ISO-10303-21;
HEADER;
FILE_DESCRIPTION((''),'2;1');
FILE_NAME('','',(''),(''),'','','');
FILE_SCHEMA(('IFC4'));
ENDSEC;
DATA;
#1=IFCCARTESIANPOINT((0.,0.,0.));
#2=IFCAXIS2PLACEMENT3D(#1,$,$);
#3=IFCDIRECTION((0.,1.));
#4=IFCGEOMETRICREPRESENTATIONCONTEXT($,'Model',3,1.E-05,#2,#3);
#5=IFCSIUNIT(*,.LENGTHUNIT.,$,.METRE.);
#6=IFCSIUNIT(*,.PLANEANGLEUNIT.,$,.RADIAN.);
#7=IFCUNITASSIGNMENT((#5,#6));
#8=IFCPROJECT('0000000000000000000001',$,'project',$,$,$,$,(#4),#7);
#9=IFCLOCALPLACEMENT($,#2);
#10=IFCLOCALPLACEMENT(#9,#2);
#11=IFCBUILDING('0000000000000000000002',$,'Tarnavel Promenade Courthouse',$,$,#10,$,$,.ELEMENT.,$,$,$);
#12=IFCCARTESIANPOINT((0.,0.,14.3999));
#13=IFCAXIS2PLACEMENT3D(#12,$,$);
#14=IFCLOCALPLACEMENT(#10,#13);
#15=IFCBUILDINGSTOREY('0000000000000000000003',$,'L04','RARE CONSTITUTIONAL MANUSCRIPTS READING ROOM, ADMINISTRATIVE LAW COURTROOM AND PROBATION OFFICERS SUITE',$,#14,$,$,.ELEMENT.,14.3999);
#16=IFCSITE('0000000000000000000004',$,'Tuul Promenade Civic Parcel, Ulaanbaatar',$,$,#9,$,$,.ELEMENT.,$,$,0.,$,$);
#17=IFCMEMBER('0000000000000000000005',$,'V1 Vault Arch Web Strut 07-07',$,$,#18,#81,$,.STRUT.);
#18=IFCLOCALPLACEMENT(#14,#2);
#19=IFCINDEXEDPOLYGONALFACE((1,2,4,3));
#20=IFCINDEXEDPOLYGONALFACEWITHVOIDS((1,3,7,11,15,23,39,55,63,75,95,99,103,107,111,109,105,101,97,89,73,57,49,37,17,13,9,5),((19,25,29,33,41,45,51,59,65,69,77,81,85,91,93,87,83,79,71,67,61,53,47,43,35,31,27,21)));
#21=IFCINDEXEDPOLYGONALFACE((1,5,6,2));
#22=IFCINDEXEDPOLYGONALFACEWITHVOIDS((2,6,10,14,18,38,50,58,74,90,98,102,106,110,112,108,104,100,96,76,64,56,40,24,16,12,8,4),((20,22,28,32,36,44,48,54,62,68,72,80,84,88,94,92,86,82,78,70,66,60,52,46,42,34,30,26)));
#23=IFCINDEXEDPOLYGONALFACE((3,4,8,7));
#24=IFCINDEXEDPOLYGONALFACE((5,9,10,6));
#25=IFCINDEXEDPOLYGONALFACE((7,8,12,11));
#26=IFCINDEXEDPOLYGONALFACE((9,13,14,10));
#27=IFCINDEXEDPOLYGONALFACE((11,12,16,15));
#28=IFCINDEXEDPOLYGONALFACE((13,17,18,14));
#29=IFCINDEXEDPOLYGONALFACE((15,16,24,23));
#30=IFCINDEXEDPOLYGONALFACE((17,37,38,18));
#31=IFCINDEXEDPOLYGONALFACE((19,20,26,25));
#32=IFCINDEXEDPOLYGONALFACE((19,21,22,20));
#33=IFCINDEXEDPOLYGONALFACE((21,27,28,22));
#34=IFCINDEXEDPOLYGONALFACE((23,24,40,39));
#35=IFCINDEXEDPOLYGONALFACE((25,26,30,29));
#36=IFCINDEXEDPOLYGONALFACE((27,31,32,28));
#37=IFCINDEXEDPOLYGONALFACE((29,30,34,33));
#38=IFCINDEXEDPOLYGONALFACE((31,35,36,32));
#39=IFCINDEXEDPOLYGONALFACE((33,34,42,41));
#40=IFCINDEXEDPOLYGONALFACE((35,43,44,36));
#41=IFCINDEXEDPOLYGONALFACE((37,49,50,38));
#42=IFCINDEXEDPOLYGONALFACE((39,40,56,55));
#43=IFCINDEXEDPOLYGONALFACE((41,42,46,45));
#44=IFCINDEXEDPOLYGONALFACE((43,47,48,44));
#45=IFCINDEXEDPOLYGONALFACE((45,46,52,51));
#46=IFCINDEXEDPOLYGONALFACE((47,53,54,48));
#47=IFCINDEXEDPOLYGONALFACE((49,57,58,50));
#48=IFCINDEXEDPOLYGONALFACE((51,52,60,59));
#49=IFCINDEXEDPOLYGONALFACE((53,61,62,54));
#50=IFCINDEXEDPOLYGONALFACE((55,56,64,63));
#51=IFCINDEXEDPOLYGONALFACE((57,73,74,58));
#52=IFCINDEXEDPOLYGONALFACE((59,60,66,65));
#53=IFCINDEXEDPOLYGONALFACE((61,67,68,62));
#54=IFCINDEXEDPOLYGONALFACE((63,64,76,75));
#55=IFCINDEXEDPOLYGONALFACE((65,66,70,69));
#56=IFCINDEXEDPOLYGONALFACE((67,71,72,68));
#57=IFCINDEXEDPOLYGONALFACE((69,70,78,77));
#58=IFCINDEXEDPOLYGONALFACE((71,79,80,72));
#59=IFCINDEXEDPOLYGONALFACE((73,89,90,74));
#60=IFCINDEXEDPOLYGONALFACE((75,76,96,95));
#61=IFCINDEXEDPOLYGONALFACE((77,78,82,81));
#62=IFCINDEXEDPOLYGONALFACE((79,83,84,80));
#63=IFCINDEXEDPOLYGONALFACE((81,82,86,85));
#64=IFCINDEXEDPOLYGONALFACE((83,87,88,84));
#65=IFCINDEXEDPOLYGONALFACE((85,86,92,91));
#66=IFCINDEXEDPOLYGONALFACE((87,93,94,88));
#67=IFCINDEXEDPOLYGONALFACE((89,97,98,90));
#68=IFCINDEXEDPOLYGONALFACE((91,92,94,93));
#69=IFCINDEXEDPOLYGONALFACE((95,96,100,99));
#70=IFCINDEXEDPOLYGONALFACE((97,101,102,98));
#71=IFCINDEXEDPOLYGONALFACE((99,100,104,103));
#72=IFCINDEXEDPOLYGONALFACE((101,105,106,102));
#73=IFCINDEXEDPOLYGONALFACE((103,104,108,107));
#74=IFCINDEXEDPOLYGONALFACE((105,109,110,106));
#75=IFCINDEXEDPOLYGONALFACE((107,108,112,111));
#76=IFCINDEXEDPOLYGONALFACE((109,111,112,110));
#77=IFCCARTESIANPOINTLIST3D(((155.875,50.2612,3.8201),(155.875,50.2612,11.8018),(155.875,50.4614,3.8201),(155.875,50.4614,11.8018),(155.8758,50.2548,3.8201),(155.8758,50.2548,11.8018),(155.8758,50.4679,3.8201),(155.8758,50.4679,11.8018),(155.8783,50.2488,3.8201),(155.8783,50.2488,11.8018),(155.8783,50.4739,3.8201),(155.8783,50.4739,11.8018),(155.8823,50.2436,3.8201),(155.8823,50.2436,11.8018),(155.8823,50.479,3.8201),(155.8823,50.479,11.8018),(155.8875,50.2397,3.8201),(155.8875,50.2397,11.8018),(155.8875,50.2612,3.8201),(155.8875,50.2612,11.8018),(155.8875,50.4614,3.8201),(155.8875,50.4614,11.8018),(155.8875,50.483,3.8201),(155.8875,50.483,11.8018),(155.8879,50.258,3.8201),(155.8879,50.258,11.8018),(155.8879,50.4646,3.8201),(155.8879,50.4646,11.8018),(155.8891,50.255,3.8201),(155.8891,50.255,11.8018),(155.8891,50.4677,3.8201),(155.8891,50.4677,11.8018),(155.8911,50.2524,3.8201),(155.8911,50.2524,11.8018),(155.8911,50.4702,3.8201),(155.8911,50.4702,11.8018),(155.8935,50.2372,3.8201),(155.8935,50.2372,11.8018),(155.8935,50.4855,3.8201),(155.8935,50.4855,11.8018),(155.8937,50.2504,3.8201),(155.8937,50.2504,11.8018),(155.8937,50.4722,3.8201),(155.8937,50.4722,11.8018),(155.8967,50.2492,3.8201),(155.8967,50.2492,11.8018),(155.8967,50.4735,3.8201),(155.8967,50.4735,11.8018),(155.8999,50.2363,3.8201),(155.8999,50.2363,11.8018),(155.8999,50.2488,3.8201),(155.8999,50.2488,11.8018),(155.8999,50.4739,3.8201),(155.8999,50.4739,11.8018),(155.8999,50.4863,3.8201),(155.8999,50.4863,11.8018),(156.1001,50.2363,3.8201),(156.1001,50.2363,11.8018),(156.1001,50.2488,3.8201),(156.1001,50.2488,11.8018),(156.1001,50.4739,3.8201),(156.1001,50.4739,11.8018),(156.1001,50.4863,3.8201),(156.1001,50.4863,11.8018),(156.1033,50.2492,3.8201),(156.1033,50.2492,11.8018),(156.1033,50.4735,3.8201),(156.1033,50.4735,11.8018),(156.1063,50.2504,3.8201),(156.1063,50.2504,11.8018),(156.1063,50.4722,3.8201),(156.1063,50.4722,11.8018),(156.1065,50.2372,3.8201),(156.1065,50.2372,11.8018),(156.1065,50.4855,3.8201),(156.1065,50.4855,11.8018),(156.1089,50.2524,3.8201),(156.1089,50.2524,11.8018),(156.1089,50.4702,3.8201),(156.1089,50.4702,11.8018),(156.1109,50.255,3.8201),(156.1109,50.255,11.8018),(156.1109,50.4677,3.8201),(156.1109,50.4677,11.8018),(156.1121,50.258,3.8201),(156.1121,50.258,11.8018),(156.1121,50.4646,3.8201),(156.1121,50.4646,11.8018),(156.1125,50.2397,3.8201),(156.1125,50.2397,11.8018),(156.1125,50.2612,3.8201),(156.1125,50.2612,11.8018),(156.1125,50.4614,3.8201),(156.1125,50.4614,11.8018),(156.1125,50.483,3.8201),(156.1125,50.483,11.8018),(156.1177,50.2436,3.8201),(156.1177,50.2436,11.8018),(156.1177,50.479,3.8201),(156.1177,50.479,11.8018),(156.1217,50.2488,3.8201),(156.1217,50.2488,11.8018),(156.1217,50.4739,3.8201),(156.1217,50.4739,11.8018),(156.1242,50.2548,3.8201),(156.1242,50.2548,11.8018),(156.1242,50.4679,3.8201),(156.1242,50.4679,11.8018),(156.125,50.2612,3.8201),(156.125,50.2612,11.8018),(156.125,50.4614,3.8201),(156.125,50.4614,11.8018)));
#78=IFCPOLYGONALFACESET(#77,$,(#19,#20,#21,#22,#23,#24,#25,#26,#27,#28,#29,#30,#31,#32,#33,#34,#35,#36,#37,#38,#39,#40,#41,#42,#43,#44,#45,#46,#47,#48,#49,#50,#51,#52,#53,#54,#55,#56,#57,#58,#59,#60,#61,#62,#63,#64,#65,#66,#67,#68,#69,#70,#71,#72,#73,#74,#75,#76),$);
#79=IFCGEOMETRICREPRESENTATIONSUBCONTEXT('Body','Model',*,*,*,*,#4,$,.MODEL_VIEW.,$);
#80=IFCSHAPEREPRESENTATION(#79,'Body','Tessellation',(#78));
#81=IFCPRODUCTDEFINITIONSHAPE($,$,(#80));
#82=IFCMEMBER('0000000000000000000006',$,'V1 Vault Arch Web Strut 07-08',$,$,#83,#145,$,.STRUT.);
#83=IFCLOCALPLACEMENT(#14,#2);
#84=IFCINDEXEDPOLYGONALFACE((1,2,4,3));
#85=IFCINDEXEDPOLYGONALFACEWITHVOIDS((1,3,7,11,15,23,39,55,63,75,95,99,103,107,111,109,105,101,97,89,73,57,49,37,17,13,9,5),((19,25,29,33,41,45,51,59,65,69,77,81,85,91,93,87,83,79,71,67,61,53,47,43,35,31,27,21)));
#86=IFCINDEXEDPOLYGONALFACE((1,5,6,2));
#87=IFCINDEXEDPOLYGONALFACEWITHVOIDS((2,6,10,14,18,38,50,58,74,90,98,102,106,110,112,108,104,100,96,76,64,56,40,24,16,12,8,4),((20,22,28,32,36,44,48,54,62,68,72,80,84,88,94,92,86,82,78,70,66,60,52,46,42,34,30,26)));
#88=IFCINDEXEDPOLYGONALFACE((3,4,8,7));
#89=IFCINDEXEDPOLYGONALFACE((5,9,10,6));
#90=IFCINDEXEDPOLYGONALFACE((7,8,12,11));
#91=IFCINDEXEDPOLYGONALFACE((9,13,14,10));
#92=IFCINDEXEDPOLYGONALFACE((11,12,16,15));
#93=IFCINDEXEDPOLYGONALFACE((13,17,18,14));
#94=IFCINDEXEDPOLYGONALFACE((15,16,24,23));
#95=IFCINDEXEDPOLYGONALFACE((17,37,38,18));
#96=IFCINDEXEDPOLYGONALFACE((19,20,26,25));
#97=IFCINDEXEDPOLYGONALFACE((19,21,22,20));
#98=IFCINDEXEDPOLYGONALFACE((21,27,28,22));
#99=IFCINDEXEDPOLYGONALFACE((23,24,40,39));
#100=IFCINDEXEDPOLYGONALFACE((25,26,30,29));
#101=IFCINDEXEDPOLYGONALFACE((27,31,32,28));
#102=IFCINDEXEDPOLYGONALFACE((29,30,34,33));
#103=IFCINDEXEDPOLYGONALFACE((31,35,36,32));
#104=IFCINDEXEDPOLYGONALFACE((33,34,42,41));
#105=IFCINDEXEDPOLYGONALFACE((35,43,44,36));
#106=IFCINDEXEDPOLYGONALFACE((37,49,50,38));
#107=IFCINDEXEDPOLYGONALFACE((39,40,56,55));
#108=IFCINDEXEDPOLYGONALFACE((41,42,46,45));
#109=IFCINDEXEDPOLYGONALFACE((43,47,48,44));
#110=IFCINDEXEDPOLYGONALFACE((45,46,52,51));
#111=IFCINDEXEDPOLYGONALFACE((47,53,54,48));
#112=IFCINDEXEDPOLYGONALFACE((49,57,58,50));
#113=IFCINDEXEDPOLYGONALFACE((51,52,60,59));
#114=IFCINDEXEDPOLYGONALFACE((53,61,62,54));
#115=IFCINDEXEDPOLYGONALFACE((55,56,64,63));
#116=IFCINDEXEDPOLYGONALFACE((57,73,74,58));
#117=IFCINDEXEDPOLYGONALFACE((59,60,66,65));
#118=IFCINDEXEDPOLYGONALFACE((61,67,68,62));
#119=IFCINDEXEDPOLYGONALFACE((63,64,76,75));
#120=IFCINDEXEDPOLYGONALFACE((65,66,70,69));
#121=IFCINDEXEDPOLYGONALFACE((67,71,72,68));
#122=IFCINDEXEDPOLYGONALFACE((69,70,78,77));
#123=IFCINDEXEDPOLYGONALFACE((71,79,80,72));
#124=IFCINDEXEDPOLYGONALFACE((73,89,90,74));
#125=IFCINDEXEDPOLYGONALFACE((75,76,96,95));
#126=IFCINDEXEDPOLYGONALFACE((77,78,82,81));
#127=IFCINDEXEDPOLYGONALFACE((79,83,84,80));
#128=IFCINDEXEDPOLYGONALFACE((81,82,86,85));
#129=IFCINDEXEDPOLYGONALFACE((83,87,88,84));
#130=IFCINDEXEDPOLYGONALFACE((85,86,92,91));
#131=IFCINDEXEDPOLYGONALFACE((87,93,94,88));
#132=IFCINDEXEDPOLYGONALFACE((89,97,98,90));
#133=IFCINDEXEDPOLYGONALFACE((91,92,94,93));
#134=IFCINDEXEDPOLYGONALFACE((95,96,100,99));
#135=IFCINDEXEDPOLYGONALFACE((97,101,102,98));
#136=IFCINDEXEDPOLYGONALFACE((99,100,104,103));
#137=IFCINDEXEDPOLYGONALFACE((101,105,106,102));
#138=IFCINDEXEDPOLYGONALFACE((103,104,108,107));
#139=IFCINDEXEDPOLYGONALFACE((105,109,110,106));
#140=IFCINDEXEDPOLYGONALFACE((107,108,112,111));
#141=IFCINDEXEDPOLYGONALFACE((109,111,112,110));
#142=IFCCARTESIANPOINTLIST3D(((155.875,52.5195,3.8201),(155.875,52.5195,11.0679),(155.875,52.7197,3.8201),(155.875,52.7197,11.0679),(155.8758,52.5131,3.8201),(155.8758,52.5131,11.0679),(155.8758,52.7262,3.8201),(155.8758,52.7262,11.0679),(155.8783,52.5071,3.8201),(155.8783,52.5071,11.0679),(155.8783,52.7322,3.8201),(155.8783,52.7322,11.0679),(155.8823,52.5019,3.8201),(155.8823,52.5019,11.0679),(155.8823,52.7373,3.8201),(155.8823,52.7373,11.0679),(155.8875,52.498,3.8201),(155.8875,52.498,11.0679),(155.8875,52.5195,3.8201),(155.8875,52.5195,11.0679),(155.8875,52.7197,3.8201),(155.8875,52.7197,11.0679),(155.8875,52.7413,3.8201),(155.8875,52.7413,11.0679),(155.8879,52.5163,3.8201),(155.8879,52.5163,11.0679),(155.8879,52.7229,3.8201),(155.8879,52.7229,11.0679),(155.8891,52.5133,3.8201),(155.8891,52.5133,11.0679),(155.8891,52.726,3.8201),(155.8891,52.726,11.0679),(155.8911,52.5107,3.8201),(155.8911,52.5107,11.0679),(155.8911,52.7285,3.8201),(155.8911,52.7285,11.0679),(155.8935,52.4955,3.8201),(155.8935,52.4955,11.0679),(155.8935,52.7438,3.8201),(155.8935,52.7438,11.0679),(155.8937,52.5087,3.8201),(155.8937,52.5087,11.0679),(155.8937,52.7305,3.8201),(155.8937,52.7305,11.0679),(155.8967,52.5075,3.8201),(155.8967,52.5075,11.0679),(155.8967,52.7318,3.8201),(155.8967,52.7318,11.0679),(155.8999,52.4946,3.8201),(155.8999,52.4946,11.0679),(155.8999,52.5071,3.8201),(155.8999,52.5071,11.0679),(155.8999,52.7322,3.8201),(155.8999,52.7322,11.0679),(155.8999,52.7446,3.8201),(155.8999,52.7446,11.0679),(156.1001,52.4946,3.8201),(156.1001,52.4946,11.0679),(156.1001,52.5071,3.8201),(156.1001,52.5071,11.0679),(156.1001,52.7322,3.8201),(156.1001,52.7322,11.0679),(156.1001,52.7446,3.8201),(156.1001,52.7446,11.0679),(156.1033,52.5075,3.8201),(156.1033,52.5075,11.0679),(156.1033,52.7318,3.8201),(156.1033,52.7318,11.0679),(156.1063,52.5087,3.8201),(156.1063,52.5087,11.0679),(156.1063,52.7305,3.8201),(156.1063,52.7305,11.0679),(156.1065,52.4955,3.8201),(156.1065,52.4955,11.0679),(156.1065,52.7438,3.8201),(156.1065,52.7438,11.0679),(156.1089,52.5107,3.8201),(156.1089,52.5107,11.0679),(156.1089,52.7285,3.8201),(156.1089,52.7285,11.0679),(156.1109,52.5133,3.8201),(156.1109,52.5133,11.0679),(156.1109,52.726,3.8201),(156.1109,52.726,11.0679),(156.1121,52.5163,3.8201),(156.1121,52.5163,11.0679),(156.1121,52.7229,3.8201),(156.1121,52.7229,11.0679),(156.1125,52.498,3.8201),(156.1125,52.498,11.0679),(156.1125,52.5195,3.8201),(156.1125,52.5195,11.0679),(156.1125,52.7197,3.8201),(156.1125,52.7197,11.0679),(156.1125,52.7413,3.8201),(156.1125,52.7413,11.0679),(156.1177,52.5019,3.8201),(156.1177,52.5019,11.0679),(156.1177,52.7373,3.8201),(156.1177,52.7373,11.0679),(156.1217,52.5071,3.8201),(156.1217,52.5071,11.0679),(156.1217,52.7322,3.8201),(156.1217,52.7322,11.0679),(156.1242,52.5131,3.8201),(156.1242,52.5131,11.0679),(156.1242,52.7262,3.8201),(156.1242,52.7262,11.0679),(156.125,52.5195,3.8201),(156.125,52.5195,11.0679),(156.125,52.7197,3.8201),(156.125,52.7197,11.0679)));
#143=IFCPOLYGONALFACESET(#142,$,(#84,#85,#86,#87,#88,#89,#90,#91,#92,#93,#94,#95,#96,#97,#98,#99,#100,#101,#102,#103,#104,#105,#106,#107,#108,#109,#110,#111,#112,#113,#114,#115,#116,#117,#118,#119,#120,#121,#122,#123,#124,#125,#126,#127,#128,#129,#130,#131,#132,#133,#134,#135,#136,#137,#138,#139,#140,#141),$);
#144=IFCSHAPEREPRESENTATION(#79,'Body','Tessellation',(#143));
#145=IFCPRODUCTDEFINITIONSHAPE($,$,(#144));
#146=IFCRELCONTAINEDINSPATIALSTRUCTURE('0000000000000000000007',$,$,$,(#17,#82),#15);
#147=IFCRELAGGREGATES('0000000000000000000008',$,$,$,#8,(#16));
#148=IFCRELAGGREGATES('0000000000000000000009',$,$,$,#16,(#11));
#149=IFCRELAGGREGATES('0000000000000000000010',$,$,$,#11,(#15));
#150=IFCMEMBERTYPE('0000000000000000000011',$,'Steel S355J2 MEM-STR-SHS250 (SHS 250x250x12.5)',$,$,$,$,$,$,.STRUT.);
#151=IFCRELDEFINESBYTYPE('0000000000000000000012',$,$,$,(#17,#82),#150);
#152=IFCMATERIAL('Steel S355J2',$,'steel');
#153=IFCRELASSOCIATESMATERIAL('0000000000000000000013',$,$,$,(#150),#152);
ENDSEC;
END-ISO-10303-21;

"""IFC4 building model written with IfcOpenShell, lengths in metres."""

from ifc_helpers import new_model, si_unit, direction, frame, origin, origin_2d, place, context, subcontext, project, spatial, hollow_rectangle, extrude, material, material_profile, profile_set, type_object, element, save


model = new_model("IFC4")

# Units and contexts
model_context = context("Model", 3, precision=1e-05, world=origin(), true_north=direction((0.0, 1.0)))
body_context = subcontext(model_context, "Body", "Model", "MODEL_VIEW")
ifc_project = project(units=[si_unit("LENGTHUNIT", "METRE"), si_unit("PLANEANGLEUNIT", "RADIAN")], contexts=[model_context])

# Site, building, storey
site_placement = place(None, origin())
site = spatial("IfcSite", under=ifc_project, at=site_placement, Name="Tuul Promenade Civic Parcel, Ulaanbaatar", CompositionType="ELEMENT", RefElevation=0.0)
building_placement = place(site_placement, origin())
building = spatial("IfcBuilding", under=site, at=building_placement, Name="Tarnavel Promenade Courthouse", CompositionType="ELEMENT")
storey_placement = place(building_placement, frame((0.0, 0.0, 14.3999)))
storey = spatial("IfcBuildingStorey", under=building, at=storey_placement, Name="L04", Description="RARE CONSTITUTIONAL MANUSCRIPTS READING ROOM, ADMINISTRATIVE LAW COURTROOM AND PROBATION OFFICERS SUITE", CompositionType="ELEMENT", Elevation=14.3999)

# Shared definitions
ifc_material = material(Name="Steel S355J2", Category="steel")

# Members
ifc_material_profile_1 = material_profile(ifc_material, hollow_rectangle(XDim=0.25, YDim=0.25, WallThickness=0.0125, InnerFilletRadius=0.0125, OuterFilletRadius=0.0249, at=origin_2d()), Name="SHS 250x250x12.5")
ifc_profile_set_1 = profile_set([ifc_material_profile_1], Name="Steel S355J2")
member_type = type_object("IfcMemberType", Name="Steel S355J2 MEM-STR-SHS250 (SHS 250x250x12.5)", PredefinedType="STRUT", material=ifc_profile_set_1)
member_1_placement = place(storey_placement, frame((156.0, 50.3613, 3.8201), z_axis=(0.0, 0.0, 1.0), x_axis=(1.0, 0.0, 0.0)))
element("IfcMember", 1, at=member_1_placement, inside=storey, type_object=member_type, Name="V1 Vault Arch Web Strut 07-07", PredefinedType="STRUT", context=body_context, shape_type="SweptSolid", body=[
    extrude(hollow_rectangle(XDim=0.25, YDim=0.25, WallThickness=0.0125, InnerFilletRadius=0.0125, OuterFilletRadius=0.0249, at=origin_2d()), origin(), (0.0, 0.0, 1.0), 7.9817),
])
member_2_placement = place(storey_placement, frame((156.0, 52.6196, 3.8201), z_axis=(0.0, 0.0, 1.0), x_axis=(1.0, 0.0, 0.0)))
element("IfcMember", 2, at=member_2_placement, inside=storey, type_object=member_type, Name="V1 Vault Arch Web Strut 07-08", PredefinedType="STRUT", context=body_context, shape_type="SweptSolid", body=[
    extrude(hollow_rectangle(XDim=0.25, YDim=0.25, WallThickness=0.0125, InnerFilletRadius=0.0125, OuterFilletRadius=0.0249, at=origin_2d()), origin(), (0.0, 0.0, 1.0), 7.2478),
])

save(model, "model.ifc")
